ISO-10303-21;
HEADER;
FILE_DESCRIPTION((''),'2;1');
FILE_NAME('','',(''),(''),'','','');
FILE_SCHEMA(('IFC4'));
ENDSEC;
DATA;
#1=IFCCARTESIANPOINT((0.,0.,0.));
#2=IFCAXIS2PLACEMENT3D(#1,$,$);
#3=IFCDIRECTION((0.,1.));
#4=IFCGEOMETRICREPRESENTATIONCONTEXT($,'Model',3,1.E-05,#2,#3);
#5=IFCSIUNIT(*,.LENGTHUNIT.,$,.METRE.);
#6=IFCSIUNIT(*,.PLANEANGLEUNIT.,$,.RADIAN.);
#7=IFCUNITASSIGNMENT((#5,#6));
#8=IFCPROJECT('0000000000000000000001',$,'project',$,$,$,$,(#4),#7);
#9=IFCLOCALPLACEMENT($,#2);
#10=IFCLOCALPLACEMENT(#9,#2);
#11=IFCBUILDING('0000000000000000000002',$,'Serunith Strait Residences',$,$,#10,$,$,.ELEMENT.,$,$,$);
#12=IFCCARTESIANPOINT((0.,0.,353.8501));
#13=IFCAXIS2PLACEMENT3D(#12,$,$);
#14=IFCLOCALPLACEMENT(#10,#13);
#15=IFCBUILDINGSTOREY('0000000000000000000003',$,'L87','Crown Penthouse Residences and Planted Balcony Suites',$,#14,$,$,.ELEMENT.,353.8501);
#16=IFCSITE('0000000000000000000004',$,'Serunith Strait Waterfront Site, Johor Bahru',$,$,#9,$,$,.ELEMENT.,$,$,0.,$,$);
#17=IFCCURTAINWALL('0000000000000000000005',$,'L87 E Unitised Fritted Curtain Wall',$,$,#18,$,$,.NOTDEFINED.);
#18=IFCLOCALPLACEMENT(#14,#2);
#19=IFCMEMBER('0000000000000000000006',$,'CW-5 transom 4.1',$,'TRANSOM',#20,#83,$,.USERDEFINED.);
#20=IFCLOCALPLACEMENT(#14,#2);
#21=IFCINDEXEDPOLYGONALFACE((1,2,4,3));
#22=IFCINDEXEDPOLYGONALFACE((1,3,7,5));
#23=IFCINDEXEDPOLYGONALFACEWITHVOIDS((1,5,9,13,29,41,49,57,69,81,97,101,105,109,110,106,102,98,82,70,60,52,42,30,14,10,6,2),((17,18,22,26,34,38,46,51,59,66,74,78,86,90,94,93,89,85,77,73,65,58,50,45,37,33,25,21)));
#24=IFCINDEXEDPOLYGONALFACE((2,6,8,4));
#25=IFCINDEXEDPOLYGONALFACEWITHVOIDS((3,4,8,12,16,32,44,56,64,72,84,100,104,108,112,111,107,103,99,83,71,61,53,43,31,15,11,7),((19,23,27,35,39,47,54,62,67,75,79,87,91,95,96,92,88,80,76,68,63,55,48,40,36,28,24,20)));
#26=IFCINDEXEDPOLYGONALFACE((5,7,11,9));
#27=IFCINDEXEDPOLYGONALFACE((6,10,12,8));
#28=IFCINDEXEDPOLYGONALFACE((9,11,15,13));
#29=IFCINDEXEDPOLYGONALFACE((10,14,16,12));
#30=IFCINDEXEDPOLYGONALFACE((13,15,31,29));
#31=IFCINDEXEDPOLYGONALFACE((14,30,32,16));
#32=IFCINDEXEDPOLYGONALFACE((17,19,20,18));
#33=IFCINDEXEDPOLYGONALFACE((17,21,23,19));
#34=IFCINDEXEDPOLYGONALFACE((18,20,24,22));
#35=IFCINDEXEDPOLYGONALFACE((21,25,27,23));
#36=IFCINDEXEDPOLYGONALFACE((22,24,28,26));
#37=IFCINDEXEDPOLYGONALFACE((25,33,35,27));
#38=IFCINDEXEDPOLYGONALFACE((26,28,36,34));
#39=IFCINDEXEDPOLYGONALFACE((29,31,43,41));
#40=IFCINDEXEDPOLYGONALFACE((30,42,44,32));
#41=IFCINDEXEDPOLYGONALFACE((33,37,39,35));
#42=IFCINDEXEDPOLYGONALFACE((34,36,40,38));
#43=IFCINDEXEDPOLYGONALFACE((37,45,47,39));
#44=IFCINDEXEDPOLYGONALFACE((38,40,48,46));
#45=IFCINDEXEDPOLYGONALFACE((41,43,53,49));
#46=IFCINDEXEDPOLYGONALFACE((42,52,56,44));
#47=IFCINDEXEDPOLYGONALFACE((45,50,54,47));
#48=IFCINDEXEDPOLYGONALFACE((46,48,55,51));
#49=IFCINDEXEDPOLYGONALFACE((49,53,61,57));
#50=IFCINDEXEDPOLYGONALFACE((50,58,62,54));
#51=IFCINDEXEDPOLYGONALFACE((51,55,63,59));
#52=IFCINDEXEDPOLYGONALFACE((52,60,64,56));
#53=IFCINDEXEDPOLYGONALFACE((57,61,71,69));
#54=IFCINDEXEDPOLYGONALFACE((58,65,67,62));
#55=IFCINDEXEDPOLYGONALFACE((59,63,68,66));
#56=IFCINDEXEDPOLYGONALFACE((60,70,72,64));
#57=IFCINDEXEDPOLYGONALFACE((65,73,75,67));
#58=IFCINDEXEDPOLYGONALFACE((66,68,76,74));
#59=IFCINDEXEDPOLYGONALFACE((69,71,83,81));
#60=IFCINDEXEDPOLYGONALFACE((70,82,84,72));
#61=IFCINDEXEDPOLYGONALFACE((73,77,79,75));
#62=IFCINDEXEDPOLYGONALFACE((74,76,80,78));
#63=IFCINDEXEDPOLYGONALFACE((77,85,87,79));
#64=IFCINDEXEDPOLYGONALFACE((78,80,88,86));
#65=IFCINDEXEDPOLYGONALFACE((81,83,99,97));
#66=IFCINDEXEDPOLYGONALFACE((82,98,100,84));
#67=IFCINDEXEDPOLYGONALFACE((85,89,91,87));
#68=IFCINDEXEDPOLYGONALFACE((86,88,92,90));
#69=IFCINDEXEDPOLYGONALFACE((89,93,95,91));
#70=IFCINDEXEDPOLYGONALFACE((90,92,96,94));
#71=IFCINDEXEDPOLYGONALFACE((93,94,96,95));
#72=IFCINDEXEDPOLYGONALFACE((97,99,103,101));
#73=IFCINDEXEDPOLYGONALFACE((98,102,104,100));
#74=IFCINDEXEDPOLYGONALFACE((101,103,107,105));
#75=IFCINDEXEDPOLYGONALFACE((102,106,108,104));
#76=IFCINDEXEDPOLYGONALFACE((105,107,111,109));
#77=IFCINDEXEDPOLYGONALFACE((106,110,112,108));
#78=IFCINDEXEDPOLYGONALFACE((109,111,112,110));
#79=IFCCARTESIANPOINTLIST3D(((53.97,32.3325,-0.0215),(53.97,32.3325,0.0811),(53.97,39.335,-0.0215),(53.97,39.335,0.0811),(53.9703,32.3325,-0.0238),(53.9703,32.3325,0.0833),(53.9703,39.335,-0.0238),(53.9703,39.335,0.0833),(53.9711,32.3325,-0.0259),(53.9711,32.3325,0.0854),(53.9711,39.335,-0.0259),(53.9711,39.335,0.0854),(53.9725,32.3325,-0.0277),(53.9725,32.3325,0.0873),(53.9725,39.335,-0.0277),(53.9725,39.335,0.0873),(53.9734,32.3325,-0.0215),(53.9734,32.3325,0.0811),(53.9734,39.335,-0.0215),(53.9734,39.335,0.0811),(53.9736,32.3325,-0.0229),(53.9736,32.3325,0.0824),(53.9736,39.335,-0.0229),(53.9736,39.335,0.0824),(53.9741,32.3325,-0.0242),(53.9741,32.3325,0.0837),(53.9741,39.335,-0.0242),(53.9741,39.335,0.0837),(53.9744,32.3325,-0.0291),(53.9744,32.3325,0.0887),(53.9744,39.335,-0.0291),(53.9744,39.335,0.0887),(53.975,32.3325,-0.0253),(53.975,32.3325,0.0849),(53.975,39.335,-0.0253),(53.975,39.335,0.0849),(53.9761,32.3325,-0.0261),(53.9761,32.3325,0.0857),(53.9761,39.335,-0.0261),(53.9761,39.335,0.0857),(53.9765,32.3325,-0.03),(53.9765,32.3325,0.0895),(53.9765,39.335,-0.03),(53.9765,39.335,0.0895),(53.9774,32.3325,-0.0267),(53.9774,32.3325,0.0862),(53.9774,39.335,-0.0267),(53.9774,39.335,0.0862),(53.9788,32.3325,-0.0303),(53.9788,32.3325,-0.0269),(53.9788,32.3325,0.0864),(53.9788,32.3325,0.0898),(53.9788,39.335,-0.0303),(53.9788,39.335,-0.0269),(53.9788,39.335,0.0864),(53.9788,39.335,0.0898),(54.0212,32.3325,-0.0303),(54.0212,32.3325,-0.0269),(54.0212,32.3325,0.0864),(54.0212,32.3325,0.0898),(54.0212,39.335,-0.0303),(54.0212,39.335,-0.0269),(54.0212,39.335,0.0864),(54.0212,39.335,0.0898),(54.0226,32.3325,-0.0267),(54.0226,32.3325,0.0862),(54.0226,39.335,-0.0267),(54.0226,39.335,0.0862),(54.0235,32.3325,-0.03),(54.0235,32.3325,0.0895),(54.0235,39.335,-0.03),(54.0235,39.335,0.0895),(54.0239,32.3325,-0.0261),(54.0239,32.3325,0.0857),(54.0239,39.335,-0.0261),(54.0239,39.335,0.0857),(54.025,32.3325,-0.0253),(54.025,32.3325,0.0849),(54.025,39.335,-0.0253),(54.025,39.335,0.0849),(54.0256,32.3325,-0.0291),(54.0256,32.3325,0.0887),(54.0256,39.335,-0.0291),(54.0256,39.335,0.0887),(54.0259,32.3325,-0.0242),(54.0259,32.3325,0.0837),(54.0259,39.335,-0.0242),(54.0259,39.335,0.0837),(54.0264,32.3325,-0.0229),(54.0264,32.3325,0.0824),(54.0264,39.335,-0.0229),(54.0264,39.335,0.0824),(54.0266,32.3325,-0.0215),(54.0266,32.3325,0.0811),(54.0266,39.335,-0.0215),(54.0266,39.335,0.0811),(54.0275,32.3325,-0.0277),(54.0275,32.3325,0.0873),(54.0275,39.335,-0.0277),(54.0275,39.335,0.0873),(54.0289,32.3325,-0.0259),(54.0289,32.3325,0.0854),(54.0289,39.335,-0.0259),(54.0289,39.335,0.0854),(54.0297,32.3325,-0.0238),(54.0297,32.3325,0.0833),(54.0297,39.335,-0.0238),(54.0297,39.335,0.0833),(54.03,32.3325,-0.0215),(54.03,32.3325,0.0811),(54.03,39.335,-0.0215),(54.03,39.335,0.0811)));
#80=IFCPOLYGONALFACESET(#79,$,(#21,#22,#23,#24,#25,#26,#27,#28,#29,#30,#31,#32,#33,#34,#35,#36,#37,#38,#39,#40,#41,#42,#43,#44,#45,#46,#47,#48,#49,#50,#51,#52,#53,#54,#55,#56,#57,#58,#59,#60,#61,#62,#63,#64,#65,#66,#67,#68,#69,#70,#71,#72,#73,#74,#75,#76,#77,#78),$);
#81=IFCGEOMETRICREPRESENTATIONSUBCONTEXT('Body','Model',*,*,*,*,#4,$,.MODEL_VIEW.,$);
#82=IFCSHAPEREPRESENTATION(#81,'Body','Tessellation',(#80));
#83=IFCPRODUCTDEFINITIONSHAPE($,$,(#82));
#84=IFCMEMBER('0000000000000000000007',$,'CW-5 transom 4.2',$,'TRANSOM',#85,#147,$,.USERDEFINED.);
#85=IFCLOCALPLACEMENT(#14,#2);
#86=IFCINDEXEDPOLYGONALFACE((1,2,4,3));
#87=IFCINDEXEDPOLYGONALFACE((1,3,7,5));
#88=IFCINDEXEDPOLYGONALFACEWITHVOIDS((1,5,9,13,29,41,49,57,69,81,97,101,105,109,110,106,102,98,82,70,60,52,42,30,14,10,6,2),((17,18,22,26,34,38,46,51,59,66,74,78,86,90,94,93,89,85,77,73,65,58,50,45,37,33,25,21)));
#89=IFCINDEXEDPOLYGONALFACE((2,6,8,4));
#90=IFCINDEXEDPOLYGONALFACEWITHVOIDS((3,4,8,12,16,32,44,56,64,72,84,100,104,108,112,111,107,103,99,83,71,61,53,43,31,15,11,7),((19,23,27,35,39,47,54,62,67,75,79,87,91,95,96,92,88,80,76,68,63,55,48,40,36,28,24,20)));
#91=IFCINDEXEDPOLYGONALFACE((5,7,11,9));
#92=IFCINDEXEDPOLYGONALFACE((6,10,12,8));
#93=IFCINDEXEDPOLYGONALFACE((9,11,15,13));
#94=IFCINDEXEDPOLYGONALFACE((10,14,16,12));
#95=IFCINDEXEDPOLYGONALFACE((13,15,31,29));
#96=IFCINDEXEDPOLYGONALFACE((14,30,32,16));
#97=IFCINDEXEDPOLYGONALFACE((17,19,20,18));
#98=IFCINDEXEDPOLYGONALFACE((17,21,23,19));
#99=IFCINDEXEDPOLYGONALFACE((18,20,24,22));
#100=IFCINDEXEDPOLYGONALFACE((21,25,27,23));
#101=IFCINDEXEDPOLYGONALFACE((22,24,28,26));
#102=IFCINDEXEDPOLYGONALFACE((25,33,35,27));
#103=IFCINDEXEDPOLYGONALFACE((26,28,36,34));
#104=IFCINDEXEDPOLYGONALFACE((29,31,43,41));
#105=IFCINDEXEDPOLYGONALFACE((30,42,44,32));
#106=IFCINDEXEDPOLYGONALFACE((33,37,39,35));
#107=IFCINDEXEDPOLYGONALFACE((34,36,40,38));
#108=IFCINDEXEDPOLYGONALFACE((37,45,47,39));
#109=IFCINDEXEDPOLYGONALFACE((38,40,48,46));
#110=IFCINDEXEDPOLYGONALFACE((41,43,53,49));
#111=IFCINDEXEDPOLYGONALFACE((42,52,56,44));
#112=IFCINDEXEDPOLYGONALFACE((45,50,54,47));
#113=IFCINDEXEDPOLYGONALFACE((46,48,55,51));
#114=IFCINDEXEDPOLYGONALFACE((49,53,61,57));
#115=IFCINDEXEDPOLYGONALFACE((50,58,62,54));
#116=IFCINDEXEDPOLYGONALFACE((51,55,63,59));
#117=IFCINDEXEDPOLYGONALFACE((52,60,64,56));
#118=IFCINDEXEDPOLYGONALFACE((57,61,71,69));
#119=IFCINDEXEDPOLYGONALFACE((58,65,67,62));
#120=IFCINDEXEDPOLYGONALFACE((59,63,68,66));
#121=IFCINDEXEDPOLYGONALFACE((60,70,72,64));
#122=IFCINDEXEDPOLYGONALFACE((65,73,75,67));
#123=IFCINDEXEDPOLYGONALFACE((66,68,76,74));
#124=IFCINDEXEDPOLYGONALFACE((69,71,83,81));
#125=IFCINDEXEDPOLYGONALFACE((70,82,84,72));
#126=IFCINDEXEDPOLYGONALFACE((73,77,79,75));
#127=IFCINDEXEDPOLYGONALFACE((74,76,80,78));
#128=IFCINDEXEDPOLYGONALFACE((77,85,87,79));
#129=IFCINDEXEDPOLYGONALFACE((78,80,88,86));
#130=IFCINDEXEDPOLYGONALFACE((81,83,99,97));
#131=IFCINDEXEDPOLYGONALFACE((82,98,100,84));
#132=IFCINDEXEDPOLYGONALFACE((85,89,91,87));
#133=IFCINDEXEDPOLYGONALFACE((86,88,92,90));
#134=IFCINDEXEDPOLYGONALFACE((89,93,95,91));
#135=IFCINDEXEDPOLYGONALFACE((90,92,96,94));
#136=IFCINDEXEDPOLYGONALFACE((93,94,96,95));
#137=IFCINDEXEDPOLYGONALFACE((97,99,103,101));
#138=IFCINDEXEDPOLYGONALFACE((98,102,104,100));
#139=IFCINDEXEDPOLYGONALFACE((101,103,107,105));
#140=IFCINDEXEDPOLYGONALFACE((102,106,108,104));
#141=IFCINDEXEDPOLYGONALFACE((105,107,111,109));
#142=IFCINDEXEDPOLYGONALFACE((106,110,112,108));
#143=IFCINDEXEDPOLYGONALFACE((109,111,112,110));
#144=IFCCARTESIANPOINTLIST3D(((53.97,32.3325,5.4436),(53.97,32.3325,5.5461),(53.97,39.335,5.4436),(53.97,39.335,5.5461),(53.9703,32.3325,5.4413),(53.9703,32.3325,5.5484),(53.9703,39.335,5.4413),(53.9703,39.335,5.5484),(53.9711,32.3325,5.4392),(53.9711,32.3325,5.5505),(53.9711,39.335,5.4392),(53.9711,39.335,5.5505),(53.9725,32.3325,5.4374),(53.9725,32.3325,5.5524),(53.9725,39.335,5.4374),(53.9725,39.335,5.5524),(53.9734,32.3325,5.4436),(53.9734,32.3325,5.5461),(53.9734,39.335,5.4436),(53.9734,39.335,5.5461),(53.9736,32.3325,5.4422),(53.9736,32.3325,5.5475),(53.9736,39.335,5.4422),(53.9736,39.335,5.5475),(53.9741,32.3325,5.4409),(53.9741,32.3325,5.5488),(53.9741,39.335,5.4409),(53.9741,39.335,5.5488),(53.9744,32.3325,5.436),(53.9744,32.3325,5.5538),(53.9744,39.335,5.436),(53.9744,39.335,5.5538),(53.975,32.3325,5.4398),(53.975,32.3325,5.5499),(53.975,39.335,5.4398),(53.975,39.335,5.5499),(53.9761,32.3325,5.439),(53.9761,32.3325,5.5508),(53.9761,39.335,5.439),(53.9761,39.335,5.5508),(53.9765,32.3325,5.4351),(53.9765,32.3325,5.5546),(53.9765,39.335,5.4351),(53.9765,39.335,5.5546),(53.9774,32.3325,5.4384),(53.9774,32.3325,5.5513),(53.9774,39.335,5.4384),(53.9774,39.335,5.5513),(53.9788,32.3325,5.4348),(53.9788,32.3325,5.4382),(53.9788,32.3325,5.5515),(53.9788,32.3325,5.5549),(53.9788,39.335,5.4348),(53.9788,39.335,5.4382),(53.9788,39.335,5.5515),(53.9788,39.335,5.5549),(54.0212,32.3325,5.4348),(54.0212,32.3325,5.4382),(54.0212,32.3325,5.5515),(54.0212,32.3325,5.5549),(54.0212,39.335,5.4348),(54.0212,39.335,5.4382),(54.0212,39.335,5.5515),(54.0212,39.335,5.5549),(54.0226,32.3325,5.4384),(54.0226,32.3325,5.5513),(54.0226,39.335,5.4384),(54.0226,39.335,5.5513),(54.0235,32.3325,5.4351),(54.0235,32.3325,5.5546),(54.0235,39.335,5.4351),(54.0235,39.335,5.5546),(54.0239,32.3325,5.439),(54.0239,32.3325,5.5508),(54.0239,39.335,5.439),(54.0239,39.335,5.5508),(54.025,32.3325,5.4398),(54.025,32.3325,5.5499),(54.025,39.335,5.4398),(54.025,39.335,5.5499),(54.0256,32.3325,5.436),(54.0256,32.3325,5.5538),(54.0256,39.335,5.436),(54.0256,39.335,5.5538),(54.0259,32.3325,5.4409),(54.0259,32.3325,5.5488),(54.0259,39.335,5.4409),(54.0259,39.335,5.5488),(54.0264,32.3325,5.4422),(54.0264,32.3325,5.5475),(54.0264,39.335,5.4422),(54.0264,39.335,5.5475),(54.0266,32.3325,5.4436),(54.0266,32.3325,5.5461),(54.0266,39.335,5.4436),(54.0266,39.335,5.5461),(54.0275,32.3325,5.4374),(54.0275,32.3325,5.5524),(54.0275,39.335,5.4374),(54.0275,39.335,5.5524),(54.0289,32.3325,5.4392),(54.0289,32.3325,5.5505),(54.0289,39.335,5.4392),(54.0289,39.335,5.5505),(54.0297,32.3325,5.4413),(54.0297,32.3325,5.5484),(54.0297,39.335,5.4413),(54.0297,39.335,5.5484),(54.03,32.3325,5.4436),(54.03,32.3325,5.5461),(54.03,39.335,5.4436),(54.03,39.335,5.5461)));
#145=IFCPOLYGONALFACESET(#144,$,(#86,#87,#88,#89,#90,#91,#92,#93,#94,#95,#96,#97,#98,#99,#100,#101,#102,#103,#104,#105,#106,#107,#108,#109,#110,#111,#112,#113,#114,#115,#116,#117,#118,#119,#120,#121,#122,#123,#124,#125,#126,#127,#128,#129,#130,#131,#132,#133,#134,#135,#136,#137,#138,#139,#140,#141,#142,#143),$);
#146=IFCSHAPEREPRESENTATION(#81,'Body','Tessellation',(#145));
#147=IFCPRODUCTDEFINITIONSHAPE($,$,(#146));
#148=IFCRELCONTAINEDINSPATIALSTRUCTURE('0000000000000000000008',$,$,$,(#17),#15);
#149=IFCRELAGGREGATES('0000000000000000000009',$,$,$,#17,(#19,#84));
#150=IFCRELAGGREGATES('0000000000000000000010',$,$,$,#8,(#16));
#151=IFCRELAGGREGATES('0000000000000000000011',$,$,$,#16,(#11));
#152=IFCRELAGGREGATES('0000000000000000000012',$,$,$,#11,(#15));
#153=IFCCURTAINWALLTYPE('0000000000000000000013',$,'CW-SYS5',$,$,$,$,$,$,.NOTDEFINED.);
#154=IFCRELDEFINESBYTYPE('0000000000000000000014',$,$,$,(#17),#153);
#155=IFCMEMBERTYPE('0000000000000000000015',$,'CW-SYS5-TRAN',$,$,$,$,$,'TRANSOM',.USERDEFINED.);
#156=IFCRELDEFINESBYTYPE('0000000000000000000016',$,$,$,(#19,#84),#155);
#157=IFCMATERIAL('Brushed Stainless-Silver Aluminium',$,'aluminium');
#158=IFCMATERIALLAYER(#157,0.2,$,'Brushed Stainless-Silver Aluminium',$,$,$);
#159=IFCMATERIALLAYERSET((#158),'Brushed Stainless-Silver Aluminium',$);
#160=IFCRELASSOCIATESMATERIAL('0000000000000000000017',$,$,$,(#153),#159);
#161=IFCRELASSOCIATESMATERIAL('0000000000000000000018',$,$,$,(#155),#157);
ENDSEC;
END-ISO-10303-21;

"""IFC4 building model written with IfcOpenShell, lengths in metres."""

from ifc_helpers import new_model, si_unit, direction, frame, origin, origin_2d, place, context, subcontext, project, spatial, hollow_rectangle, extrude, source, transform, mapped, material, layer, layer_set, material_profile, profile_set, type_object, element, aggregate, save


model = new_model("IFC4")

# Units and contexts
model_context = context("Model", 3, precision=1e-05, world=origin(), true_north=direction((0.0, 1.0)))
body_context = subcontext(model_context, "Body", "Model", "MODEL_VIEW")
ifc_project = project(units=[si_unit("LENGTHUNIT", "METRE"), si_unit("PLANEANGLEUNIT", "RADIAN")], contexts=[model_context])

# Site, building, storey
site_placement = place(None, origin())
site = spatial("IfcSite", under=ifc_project, at=site_placement, Name="Serunith Strait Waterfront Site, Johor Bahru", CompositionType="ELEMENT", RefElevation=0.0)
building_placement = place(site_placement, origin())
building = spatial("IfcBuilding", under=site, at=building_placement, Name="Serunith Strait Residences", CompositionType="ELEMENT")
storey_placement = place(building_placement, frame((0.0, 0.0, 353.8501)))
storey = spatial("IfcBuildingStorey", under=building, at=storey_placement, Name="L87", Description="Crown Penthouse Residences and Planted Balcony Suites", CompositionType="ELEMENT", Elevation=353.8501)

# Curtain wall, members
ifc_material_1 = material(Name="Brushed Stainless-Silver Aluminium", Category="aluminium")
ifc_layer_1 = layer(ifc_material_1, 0.2, Name="Brushed Stainless-Silver Aluminium")
ifc_layer_set_1 = layer_set([ifc_layer_1], Name="Brushed Stainless-Silver Aluminium")
curtain_wall_type = type_object("IfcCurtainWallType", Name="CW-SYS5", PredefinedType="NOTDEFINED", material=ifc_layer_set_1)
curtain_wall_placement = place(storey_placement, origin())
curtain_wall = element("IfcCurtainWall", 1, at=curtain_wall_placement, inside=storey, type_object=curtain_wall_type, Name="L87 E Unitised Fritted Curtain Wall", PredefinedType="NOTDEFINED")
ifc_material_profile_1 = material_profile(ifc_material_1, hollow_rectangle(XDim=0.0601, YDim=0.1201, WallThickness=0.0034, InnerFilletRadius=0.0054, OuterFilletRadius=0.0088, at=origin_2d()), Name="ALU 120x60x3.5")
ifc_profile_set_1 = profile_set([ifc_material_profile_1], Name="Brushed Stainless-Silver Aluminium")
member_type_1 = type_object("IfcMemberType", Name="CW-SYS5-TRAN", ElementType="TRANSOM", PredefinedType="USERDEFINED", material=ifc_profile_set_1)
shared_shape_1 = source(origin(), body_context, "Body", "SweptSolid", [
    extrude(hollow_rectangle(XDim=0.0601, YDim=0.1201, WallThickness=0.0034, InnerFilletRadius=0.0054, OuterFilletRadius=0.0088, at=origin_2d()), origin(), (0.0, 0.0, 1.0), 7.0024),
])
member_1_placement = place(storey_placement, frame((54.0, 32.3325, 0.0298), z_axis=(0.0, 1.0, 0.0), x_axis=(-1.0, 0.0, 0.0)))
member_1 = element("IfcMember", 2, at=member_1_placement, type_object=member_type_1, Name="CW-5 transom 4.1", ObjectType="TRANSOM", PredefinedType="USERDEFINED", context=body_context, shape_type="MappedRepresentation", body=[
    mapped(shared_shape_1, transform((0.0, 0.0, 0.0), scale=1.0)),
])
member_2_placement = place(storey_placement, frame((54.0, 32.3325, 5.4949), z_axis=(0.0, 1.0, 0.0), x_axis=(-1.0, 0.0, 0.0)))
member_2 = element("IfcMember", 3, at=member_2_placement, type_object=member_type_1, Name="CW-5 transom 4.2", ObjectType="TRANSOM", PredefinedType="USERDEFINED", context=body_context, shape_type="MappedRepresentation", body=[
    mapped(shared_shape_1, transform((0.0, 0.0, 0.0), scale=1.0)),
])
aggregate(curtain_wall, [member_1, member_2])

save(model, "model.ifc")
